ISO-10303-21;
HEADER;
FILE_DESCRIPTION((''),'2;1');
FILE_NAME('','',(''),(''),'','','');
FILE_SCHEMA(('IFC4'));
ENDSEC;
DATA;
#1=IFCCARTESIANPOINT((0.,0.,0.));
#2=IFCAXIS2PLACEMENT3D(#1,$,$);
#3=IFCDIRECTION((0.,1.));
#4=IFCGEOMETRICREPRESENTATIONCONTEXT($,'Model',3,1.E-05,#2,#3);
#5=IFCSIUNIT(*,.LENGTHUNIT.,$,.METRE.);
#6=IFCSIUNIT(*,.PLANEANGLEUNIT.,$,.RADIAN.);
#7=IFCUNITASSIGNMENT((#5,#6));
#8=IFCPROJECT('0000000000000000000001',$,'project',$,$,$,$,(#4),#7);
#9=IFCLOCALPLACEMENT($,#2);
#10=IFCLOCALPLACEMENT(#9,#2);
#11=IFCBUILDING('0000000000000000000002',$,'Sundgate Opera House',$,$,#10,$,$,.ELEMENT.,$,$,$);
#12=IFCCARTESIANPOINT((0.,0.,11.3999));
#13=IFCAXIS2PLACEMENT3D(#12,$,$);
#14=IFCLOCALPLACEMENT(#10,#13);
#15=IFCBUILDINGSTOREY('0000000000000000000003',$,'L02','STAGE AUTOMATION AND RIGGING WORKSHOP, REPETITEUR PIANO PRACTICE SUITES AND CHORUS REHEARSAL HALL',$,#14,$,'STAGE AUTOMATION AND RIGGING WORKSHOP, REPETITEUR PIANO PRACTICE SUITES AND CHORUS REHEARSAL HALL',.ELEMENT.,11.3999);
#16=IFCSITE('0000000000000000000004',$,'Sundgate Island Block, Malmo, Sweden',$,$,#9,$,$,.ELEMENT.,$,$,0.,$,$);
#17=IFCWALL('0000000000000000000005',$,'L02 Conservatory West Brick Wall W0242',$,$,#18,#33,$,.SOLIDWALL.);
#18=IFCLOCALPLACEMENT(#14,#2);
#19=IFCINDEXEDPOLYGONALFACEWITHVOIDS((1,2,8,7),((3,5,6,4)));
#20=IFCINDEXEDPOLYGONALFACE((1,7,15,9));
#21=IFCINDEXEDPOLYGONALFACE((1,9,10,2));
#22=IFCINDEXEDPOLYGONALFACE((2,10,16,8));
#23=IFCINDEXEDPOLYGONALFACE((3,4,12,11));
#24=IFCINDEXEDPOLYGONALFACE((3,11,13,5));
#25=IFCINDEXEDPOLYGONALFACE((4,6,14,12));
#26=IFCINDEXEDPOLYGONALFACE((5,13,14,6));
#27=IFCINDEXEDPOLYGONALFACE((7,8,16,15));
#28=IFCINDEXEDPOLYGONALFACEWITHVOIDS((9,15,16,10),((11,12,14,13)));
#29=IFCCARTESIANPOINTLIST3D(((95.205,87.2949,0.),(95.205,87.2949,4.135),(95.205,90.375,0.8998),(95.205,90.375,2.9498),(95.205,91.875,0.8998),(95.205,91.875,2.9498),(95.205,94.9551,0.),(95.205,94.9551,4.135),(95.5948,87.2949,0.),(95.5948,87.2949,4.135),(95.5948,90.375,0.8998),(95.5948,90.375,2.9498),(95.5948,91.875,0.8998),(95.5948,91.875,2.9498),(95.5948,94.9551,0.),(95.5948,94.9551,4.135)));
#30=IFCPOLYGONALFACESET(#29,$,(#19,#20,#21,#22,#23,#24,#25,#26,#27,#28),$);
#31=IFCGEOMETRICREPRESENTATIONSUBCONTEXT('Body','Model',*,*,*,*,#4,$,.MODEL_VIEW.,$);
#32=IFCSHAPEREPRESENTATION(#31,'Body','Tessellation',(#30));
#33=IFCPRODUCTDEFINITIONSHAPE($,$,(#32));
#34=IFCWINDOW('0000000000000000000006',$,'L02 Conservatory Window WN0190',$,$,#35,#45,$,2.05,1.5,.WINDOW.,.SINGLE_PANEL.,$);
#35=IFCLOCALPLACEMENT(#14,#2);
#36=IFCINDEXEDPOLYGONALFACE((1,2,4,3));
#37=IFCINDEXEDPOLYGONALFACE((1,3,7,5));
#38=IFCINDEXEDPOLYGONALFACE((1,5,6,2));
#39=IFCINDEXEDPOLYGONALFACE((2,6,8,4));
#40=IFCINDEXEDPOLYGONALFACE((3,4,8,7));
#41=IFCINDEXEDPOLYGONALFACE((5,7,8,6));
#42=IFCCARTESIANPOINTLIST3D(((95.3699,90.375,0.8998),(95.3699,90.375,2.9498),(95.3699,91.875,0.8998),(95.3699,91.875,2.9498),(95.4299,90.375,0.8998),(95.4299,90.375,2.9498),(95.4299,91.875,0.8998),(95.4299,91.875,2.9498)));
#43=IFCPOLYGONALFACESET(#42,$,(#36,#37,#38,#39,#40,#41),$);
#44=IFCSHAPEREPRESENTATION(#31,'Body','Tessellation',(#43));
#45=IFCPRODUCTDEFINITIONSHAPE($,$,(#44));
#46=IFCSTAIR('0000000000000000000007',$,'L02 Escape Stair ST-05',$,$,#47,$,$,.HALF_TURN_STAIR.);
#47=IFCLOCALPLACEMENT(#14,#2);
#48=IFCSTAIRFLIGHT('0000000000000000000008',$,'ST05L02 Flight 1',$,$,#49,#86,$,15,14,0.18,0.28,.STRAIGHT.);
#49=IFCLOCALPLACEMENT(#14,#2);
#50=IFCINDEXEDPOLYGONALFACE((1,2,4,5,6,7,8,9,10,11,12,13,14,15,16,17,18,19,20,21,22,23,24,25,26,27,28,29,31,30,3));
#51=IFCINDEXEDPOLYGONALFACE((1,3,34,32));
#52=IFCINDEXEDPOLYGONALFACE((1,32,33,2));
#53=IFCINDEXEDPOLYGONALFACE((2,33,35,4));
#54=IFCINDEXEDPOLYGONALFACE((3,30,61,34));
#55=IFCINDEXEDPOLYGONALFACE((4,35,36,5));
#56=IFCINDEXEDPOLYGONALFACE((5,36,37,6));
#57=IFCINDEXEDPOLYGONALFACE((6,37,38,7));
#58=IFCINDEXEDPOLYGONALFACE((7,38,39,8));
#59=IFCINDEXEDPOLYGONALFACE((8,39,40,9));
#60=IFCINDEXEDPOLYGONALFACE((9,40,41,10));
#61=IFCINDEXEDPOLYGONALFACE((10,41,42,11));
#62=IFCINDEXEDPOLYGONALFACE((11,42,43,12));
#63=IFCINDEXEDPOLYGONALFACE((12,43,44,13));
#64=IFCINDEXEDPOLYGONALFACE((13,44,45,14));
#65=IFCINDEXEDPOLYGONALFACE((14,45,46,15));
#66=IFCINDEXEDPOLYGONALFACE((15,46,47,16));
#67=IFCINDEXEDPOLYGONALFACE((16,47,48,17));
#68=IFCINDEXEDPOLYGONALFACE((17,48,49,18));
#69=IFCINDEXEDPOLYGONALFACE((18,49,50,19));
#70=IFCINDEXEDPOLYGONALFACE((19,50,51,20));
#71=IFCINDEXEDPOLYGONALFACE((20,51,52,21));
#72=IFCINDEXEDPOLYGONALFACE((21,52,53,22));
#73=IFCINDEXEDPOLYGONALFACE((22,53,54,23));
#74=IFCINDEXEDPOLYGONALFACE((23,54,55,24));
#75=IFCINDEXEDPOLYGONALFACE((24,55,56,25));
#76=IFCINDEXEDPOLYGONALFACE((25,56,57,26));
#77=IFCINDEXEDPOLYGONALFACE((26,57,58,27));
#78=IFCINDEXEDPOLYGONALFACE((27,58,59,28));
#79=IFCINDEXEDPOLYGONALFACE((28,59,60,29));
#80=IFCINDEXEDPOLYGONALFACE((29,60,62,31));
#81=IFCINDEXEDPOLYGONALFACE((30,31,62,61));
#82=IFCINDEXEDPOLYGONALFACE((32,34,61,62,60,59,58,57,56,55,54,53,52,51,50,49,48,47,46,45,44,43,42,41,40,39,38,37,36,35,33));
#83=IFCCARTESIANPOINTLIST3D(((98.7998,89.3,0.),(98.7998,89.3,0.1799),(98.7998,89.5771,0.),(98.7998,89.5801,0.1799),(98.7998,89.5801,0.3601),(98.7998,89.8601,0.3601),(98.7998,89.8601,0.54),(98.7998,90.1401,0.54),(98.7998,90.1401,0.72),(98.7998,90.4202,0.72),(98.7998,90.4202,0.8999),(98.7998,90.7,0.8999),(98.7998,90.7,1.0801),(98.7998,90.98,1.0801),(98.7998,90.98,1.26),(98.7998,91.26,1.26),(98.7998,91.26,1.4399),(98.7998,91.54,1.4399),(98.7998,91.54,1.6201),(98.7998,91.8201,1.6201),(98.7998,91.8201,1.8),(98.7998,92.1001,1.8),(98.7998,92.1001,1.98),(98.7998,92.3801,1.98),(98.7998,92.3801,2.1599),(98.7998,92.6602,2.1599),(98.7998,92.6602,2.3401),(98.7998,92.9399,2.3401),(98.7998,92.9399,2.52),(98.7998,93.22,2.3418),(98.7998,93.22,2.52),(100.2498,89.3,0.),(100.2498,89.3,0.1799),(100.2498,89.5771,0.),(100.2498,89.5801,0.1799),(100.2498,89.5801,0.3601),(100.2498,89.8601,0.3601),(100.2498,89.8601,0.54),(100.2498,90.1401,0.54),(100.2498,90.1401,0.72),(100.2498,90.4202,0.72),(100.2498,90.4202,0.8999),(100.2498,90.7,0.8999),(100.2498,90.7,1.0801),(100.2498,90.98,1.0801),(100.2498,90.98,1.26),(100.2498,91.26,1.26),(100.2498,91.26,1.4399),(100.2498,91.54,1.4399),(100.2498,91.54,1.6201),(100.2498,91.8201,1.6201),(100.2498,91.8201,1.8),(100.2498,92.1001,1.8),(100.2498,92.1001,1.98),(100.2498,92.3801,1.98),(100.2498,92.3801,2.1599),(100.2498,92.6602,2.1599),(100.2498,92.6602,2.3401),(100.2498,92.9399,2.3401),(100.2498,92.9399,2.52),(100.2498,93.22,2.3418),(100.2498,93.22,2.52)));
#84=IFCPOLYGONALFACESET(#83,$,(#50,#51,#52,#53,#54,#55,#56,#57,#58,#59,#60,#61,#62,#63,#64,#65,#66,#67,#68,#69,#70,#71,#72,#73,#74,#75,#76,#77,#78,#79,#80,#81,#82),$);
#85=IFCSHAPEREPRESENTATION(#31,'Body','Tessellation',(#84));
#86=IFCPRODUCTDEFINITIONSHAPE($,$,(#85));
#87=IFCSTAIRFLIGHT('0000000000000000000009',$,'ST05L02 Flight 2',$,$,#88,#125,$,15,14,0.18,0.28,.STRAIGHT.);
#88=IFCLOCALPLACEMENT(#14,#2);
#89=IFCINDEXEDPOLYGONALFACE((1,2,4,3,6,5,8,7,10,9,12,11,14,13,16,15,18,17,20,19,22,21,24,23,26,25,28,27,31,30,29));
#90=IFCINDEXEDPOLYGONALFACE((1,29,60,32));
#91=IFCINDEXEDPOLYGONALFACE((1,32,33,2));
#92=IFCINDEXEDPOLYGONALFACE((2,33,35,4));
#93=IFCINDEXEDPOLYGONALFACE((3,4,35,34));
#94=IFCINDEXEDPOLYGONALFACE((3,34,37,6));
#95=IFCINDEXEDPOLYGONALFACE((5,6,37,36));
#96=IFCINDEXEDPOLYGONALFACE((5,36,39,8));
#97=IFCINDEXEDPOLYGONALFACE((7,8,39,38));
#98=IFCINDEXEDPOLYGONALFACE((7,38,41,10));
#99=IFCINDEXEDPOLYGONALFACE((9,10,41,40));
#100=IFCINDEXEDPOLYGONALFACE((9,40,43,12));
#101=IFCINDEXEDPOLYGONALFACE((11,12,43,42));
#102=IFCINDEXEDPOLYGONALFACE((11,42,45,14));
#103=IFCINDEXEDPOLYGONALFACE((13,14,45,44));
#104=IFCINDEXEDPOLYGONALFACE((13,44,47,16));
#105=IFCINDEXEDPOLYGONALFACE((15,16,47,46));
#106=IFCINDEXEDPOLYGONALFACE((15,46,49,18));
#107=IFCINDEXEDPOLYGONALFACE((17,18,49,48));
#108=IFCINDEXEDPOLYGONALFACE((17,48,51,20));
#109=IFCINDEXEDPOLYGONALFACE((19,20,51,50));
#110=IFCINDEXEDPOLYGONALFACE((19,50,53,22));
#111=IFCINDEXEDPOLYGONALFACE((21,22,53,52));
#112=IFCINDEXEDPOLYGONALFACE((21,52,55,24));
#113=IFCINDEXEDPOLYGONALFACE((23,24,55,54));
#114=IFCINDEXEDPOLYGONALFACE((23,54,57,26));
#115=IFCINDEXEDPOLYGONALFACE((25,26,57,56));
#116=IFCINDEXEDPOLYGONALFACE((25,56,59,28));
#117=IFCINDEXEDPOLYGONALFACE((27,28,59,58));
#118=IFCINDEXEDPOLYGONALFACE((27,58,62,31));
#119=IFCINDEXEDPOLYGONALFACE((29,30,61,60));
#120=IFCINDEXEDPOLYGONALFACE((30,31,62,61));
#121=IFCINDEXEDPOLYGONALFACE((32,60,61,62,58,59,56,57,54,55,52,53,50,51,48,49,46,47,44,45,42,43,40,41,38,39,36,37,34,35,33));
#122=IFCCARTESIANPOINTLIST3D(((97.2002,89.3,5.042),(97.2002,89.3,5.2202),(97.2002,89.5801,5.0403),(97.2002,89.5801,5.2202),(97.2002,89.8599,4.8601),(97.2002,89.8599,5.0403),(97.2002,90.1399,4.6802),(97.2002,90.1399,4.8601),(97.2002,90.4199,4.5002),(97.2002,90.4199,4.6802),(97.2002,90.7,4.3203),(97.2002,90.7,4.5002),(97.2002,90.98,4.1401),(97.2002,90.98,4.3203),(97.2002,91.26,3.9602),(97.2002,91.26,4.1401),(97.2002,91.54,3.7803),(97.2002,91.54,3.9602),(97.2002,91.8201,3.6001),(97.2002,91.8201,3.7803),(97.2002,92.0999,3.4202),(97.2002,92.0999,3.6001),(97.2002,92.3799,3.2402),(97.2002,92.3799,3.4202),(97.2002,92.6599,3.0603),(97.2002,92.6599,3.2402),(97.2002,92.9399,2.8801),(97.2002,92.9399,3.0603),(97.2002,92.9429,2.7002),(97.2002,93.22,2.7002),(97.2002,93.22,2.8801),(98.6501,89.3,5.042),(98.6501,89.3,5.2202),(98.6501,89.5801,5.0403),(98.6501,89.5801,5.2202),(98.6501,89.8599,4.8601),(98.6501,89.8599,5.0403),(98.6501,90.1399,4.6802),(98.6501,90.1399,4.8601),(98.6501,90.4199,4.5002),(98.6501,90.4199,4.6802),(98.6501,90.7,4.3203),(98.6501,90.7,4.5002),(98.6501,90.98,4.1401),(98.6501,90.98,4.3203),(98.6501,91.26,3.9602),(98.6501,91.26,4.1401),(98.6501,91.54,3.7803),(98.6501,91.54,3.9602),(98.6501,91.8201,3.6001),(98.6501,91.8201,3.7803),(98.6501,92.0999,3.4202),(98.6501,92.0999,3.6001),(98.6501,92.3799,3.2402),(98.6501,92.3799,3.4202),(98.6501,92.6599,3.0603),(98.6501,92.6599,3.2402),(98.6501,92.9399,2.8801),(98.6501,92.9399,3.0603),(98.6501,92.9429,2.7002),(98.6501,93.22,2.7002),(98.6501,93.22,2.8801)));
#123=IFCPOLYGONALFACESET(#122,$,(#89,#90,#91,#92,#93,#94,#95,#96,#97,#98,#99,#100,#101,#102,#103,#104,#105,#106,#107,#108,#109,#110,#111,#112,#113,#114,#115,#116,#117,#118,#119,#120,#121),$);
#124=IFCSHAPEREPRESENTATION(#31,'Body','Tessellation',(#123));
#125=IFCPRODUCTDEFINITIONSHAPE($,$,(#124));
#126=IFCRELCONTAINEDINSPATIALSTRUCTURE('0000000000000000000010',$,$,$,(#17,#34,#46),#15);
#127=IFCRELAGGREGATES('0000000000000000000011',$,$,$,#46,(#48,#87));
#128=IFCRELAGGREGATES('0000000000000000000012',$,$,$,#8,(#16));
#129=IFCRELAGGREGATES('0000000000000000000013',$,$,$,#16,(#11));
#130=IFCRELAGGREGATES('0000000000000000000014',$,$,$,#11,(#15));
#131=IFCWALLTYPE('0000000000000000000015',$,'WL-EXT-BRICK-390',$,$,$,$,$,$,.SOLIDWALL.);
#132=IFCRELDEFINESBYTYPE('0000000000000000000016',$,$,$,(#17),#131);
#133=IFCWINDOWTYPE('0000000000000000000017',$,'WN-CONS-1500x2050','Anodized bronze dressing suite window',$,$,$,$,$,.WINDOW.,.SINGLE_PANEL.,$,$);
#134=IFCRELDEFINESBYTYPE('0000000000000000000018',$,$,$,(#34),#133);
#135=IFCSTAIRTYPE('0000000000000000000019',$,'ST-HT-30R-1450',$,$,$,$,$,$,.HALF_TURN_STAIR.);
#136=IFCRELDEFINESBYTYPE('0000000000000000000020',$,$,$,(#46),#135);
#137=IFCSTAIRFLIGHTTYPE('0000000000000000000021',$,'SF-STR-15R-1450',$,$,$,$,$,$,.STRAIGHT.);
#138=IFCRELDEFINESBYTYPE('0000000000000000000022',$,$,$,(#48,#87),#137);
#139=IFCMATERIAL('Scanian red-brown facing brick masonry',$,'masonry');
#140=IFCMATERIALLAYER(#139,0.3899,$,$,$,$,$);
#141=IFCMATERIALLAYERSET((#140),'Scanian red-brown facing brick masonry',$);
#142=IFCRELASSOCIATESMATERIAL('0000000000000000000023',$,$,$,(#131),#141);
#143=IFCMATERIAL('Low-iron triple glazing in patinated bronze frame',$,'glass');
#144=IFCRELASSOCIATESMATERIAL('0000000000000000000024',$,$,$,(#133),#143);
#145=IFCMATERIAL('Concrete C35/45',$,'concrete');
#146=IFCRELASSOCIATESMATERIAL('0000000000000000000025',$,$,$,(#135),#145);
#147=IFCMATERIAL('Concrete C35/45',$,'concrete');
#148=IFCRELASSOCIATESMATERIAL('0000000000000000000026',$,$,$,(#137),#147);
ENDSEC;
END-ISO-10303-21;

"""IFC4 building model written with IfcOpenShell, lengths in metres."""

from ifc_helpers import new_model, si_unit, direction, frame, frame_2d, origin, place, context, subcontext, project, spatial, polyline, rectangle, outline, extrude, material, layer, layer_set, type_object, element, fill, aggregate, save


model = new_model("IFC4")

# Units and contexts
model_context = context("Model", 3, precision=1e-05, world=origin(), true_north=direction((0.0, 1.0)))
body_context = subcontext(model_context, "Body", "Model", "MODEL_VIEW")
ifc_project = project(units=[si_unit("LENGTHUNIT", "METRE"), si_unit("PLANEANGLEUNIT", "RADIAN")], contexts=[model_context])

# Site, building, storey
site_placement = place(None, origin())
site = spatial("IfcSite", under=ifc_project, at=site_placement, Name="Sundgate Island Block, Malmo, Sweden", CompositionType="ELEMENT", RefElevation=0.0)
building_placement = place(site_placement, origin())
building = spatial("IfcBuilding", under=site, at=building_placement, Name="Sundgate Opera House", CompositionType="ELEMENT")
storey_placement = place(building_placement, frame((0.0, 0.0, 11.3999)))
storey = spatial("IfcBuildingStorey", under=building, at=storey_placement, Name="L02", Description="STAGE AUTOMATION AND RIGGING WORKSHOP, REPETITEUR PIANO PRACTICE SUITES AND CHORUS REHEARSAL HALL", LongName="STAGE AUTOMATION AND RIGGING WORKSHOP, REPETITEUR PIANO PRACTICE SUITES AND CHORUS REHEARSAL HALL", CompositionType="ELEMENT", Elevation=11.3999)

# Wall, opening, window
ifc_material_1 = material(Name="Scanian red-brown facing brick masonry", Category="masonry")
ifc_layer_1 = layer(ifc_material_1, 0.3899)
ifc_layer_set_1 = layer_set([ifc_layer_1], Name="Scanian red-brown facing brick masonry")
wall_type_1 = type_object("IfcWallType", Name="WL-EXT-BRICK-390", PredefinedType="SOLIDWALL", material=ifc_layer_set_1)
wall_1_placement = place(storey_placement, frame((95.3999, 94.9551, 0.0), z_axis=(0.0, 0.0, 1.0), x_axis=(0.0, -1.0, 0.0)))
wall_1 = element("IfcWall", 1, at=wall_1_placement, inside=storey, type_object=wall_type_1, Name="L02 Conservatory West Brick Wall W0242", PredefinedType="SOLIDWALL", context=body_context, shape_type="SweptSolid", body=[
    extrude(rectangle(XDim=7.6602, YDim=0.3899, at=frame_2d((3.8301, 0.0))), origin(), (0.0, 0.0, 1.0), 4.135),
])
opening_placement = place(wall_1_placement, frame((3.0801, 0.0, 0.8999)))
opening = element("IfcOpeningElement", 2, at=opening_placement, cuts=wall_1, PredefinedType="OPENING", context=body_context, shape_type="SweptSolid", body=[
    extrude(rectangle(XDim=1.5, YDim=2.05, at=frame_2d((0.75, 1.0249))), frame((0.0, 0.2048, 0.0), z_axis=(0.0, -1.0, 0.0), x_axis=(1.0, 0.0, 0.0)), (0.0, 0.0, 1.0), 0.4099),
])
ifc_material_2 = material(Name="Low-iron triple glazing in patinated bronze frame", Category="glass")
window_type = type_object("IfcWindowType", Name="WN-CONS-1500x2050", Description="Anodized bronze dressing suite window", PartitioningType="SINGLE_PANEL", PredefinedType="WINDOW", material=ifc_material_2)
window_placement = place(opening_placement, origin())
window = element("IfcWindow", 3, at=window_placement, inside=storey, type_object=window_type, Name="L02 Conservatory Window WN0190", OverallHeight=2.05, OverallWidth=1.5, PartitioningType="SINGLE_PANEL", PredefinedType="WINDOW", context=body_context, shape_type="SweptSolid", body=[
    extrude(rectangle(XDim=1.5, YDim=2.05, at=frame_2d((0.75, 1.0249))), frame((0.0, 0.03, 0.0), z_axis=(0.0, -1.0, 0.0), x_axis=(1.0, 0.0, 0.0)), (0.0, 0.0, 1.0), 0.0601),
])
fill(opening, window)

# Stair, stair flights
ifc_material_3 = material(Name="Concrete C35/45", Category="concrete")
stair_type = type_object("IfcStairType", Name="ST-HT-30R-1450", PredefinedType="HALF_TURN_STAIR", material=ifc_material_3)
stair_placement = place(storey_placement, origin())
stair = element("IfcStair", 4, at=stair_placement, inside=storey, type_object=stair_type, Name="L02 Escape Stair ST-05", PredefinedType="HALF_TURN_STAIR")
ifc_material_4 = material(Name="Concrete C35/45", Category="concrete")
stair_flight_type = type_object("IfcStairFlightType", Name="SF-STR-15R-1450", PredefinedType="STRAIGHT", material=ifc_material_4)
stair_flight_1_placement = place(storey_placement, frame((99.5249, 89.3, 0.0), z_axis=(0.0, 0.0, 1.0), x_axis=(0.0, 1.0, 0.0)))
stair_flight_1 = element("IfcStairFlight", 5, at=stair_flight_1_placement, type_object=stair_flight_type, Name="ST05L02 Flight 1", NumberOfRisers=15, NumberOfTreads=14, PredefinedType="STRAIGHT", RiserHeight=0.18, TreadLength=0.28, context=body_context, shape_type="SweptSolid", body=[
    extrude(outline(polyline([(0.0, 0.0), (0.0, 0.1799), (0.28, 0.1799), (0.28, 0.3601), (0.5601, 0.3601), (0.5601, 0.54), (0.8401, 0.54), (0.8401, 0.72), (1.1201, 0.72), (1.1201, 0.8999), (1.3999, 0.8999), (1.3999, 1.0801), (1.6799, 1.0801), (1.6799, 1.26), (1.96, 1.26), (1.96, 1.4399), (2.24, 1.4399), (2.24, 1.6201), (2.52, 1.6201), (2.52, 1.8), (2.8, 1.8), (2.8, 1.98), (3.0801, 1.98), (3.0801, 2.1599), (3.3601, 2.1599), (3.3601, 2.3401), (3.6399, 2.3401), (3.6399, 2.52), (3.9199, 2.52), (3.9199, 2.7), (3.9199, 2.3418), (0.2771, 0.0), (0.0, 0.0)])), frame((0.0, 0.7251, 0.0), z_axis=(0.0, -1.0, 0.0), x_axis=(1.0, 0.0, 0.0)), (0.0, 0.0, 1.0), 1.45),
])
stair_flight_2_placement = place(storey_placement, frame((97.925, 93.22, 2.7002), z_axis=(0.0, 0.0, 1.0), x_axis=(0.0, -1.0, 0.0)))
stair_flight_2 = element("IfcStairFlight", 6, at=stair_flight_2_placement, type_object=stair_flight_type, Name="ST05L02 Flight 2", NumberOfRisers=15, NumberOfTreads=14, PredefinedType="STRAIGHT", RiserHeight=0.18, TreadLength=0.28, context=body_context, shape_type="SweptSolid", body=[
    extrude(outline(polyline([(0.0, 0.0), (0.0, 0.1799), (0.28, 0.1799), (0.28, 0.3601), (0.5601, 0.3601), (0.5601, 0.54), (0.8401, 0.54), (0.8401, 0.72), (1.1201, 0.72), (1.1201, 0.8999), (1.3999, 0.8999), (1.3999, 1.0801), (1.6799, 1.0801), (1.6799, 1.26), (1.96, 1.26), (1.96, 1.4399), (2.24, 1.4399), (2.24, 1.6201), (2.52, 1.6201), (2.52, 1.8), (2.8, 1.8), (2.8, 1.98), (3.0801, 1.98), (3.0801, 2.1599), (3.3601, 2.1599), (3.3601, 2.3401), (3.6399, 2.3401), (3.6399, 2.52), (3.9199, 2.52), (3.9199, 2.7), (3.9199, 2.3418), (0.2771, 0.0), (0.0, 0.0)])), frame((0.0, 0.7251, 0.0), z_axis=(0.0, -1.0, 0.0), x_axis=(1.0, 0.0, 0.0)), (0.0, 0.0, 1.0), 1.45),
])
aggregate(stair, [stair_flight_1, stair_flight_2])

save(model, "model.ifc")
